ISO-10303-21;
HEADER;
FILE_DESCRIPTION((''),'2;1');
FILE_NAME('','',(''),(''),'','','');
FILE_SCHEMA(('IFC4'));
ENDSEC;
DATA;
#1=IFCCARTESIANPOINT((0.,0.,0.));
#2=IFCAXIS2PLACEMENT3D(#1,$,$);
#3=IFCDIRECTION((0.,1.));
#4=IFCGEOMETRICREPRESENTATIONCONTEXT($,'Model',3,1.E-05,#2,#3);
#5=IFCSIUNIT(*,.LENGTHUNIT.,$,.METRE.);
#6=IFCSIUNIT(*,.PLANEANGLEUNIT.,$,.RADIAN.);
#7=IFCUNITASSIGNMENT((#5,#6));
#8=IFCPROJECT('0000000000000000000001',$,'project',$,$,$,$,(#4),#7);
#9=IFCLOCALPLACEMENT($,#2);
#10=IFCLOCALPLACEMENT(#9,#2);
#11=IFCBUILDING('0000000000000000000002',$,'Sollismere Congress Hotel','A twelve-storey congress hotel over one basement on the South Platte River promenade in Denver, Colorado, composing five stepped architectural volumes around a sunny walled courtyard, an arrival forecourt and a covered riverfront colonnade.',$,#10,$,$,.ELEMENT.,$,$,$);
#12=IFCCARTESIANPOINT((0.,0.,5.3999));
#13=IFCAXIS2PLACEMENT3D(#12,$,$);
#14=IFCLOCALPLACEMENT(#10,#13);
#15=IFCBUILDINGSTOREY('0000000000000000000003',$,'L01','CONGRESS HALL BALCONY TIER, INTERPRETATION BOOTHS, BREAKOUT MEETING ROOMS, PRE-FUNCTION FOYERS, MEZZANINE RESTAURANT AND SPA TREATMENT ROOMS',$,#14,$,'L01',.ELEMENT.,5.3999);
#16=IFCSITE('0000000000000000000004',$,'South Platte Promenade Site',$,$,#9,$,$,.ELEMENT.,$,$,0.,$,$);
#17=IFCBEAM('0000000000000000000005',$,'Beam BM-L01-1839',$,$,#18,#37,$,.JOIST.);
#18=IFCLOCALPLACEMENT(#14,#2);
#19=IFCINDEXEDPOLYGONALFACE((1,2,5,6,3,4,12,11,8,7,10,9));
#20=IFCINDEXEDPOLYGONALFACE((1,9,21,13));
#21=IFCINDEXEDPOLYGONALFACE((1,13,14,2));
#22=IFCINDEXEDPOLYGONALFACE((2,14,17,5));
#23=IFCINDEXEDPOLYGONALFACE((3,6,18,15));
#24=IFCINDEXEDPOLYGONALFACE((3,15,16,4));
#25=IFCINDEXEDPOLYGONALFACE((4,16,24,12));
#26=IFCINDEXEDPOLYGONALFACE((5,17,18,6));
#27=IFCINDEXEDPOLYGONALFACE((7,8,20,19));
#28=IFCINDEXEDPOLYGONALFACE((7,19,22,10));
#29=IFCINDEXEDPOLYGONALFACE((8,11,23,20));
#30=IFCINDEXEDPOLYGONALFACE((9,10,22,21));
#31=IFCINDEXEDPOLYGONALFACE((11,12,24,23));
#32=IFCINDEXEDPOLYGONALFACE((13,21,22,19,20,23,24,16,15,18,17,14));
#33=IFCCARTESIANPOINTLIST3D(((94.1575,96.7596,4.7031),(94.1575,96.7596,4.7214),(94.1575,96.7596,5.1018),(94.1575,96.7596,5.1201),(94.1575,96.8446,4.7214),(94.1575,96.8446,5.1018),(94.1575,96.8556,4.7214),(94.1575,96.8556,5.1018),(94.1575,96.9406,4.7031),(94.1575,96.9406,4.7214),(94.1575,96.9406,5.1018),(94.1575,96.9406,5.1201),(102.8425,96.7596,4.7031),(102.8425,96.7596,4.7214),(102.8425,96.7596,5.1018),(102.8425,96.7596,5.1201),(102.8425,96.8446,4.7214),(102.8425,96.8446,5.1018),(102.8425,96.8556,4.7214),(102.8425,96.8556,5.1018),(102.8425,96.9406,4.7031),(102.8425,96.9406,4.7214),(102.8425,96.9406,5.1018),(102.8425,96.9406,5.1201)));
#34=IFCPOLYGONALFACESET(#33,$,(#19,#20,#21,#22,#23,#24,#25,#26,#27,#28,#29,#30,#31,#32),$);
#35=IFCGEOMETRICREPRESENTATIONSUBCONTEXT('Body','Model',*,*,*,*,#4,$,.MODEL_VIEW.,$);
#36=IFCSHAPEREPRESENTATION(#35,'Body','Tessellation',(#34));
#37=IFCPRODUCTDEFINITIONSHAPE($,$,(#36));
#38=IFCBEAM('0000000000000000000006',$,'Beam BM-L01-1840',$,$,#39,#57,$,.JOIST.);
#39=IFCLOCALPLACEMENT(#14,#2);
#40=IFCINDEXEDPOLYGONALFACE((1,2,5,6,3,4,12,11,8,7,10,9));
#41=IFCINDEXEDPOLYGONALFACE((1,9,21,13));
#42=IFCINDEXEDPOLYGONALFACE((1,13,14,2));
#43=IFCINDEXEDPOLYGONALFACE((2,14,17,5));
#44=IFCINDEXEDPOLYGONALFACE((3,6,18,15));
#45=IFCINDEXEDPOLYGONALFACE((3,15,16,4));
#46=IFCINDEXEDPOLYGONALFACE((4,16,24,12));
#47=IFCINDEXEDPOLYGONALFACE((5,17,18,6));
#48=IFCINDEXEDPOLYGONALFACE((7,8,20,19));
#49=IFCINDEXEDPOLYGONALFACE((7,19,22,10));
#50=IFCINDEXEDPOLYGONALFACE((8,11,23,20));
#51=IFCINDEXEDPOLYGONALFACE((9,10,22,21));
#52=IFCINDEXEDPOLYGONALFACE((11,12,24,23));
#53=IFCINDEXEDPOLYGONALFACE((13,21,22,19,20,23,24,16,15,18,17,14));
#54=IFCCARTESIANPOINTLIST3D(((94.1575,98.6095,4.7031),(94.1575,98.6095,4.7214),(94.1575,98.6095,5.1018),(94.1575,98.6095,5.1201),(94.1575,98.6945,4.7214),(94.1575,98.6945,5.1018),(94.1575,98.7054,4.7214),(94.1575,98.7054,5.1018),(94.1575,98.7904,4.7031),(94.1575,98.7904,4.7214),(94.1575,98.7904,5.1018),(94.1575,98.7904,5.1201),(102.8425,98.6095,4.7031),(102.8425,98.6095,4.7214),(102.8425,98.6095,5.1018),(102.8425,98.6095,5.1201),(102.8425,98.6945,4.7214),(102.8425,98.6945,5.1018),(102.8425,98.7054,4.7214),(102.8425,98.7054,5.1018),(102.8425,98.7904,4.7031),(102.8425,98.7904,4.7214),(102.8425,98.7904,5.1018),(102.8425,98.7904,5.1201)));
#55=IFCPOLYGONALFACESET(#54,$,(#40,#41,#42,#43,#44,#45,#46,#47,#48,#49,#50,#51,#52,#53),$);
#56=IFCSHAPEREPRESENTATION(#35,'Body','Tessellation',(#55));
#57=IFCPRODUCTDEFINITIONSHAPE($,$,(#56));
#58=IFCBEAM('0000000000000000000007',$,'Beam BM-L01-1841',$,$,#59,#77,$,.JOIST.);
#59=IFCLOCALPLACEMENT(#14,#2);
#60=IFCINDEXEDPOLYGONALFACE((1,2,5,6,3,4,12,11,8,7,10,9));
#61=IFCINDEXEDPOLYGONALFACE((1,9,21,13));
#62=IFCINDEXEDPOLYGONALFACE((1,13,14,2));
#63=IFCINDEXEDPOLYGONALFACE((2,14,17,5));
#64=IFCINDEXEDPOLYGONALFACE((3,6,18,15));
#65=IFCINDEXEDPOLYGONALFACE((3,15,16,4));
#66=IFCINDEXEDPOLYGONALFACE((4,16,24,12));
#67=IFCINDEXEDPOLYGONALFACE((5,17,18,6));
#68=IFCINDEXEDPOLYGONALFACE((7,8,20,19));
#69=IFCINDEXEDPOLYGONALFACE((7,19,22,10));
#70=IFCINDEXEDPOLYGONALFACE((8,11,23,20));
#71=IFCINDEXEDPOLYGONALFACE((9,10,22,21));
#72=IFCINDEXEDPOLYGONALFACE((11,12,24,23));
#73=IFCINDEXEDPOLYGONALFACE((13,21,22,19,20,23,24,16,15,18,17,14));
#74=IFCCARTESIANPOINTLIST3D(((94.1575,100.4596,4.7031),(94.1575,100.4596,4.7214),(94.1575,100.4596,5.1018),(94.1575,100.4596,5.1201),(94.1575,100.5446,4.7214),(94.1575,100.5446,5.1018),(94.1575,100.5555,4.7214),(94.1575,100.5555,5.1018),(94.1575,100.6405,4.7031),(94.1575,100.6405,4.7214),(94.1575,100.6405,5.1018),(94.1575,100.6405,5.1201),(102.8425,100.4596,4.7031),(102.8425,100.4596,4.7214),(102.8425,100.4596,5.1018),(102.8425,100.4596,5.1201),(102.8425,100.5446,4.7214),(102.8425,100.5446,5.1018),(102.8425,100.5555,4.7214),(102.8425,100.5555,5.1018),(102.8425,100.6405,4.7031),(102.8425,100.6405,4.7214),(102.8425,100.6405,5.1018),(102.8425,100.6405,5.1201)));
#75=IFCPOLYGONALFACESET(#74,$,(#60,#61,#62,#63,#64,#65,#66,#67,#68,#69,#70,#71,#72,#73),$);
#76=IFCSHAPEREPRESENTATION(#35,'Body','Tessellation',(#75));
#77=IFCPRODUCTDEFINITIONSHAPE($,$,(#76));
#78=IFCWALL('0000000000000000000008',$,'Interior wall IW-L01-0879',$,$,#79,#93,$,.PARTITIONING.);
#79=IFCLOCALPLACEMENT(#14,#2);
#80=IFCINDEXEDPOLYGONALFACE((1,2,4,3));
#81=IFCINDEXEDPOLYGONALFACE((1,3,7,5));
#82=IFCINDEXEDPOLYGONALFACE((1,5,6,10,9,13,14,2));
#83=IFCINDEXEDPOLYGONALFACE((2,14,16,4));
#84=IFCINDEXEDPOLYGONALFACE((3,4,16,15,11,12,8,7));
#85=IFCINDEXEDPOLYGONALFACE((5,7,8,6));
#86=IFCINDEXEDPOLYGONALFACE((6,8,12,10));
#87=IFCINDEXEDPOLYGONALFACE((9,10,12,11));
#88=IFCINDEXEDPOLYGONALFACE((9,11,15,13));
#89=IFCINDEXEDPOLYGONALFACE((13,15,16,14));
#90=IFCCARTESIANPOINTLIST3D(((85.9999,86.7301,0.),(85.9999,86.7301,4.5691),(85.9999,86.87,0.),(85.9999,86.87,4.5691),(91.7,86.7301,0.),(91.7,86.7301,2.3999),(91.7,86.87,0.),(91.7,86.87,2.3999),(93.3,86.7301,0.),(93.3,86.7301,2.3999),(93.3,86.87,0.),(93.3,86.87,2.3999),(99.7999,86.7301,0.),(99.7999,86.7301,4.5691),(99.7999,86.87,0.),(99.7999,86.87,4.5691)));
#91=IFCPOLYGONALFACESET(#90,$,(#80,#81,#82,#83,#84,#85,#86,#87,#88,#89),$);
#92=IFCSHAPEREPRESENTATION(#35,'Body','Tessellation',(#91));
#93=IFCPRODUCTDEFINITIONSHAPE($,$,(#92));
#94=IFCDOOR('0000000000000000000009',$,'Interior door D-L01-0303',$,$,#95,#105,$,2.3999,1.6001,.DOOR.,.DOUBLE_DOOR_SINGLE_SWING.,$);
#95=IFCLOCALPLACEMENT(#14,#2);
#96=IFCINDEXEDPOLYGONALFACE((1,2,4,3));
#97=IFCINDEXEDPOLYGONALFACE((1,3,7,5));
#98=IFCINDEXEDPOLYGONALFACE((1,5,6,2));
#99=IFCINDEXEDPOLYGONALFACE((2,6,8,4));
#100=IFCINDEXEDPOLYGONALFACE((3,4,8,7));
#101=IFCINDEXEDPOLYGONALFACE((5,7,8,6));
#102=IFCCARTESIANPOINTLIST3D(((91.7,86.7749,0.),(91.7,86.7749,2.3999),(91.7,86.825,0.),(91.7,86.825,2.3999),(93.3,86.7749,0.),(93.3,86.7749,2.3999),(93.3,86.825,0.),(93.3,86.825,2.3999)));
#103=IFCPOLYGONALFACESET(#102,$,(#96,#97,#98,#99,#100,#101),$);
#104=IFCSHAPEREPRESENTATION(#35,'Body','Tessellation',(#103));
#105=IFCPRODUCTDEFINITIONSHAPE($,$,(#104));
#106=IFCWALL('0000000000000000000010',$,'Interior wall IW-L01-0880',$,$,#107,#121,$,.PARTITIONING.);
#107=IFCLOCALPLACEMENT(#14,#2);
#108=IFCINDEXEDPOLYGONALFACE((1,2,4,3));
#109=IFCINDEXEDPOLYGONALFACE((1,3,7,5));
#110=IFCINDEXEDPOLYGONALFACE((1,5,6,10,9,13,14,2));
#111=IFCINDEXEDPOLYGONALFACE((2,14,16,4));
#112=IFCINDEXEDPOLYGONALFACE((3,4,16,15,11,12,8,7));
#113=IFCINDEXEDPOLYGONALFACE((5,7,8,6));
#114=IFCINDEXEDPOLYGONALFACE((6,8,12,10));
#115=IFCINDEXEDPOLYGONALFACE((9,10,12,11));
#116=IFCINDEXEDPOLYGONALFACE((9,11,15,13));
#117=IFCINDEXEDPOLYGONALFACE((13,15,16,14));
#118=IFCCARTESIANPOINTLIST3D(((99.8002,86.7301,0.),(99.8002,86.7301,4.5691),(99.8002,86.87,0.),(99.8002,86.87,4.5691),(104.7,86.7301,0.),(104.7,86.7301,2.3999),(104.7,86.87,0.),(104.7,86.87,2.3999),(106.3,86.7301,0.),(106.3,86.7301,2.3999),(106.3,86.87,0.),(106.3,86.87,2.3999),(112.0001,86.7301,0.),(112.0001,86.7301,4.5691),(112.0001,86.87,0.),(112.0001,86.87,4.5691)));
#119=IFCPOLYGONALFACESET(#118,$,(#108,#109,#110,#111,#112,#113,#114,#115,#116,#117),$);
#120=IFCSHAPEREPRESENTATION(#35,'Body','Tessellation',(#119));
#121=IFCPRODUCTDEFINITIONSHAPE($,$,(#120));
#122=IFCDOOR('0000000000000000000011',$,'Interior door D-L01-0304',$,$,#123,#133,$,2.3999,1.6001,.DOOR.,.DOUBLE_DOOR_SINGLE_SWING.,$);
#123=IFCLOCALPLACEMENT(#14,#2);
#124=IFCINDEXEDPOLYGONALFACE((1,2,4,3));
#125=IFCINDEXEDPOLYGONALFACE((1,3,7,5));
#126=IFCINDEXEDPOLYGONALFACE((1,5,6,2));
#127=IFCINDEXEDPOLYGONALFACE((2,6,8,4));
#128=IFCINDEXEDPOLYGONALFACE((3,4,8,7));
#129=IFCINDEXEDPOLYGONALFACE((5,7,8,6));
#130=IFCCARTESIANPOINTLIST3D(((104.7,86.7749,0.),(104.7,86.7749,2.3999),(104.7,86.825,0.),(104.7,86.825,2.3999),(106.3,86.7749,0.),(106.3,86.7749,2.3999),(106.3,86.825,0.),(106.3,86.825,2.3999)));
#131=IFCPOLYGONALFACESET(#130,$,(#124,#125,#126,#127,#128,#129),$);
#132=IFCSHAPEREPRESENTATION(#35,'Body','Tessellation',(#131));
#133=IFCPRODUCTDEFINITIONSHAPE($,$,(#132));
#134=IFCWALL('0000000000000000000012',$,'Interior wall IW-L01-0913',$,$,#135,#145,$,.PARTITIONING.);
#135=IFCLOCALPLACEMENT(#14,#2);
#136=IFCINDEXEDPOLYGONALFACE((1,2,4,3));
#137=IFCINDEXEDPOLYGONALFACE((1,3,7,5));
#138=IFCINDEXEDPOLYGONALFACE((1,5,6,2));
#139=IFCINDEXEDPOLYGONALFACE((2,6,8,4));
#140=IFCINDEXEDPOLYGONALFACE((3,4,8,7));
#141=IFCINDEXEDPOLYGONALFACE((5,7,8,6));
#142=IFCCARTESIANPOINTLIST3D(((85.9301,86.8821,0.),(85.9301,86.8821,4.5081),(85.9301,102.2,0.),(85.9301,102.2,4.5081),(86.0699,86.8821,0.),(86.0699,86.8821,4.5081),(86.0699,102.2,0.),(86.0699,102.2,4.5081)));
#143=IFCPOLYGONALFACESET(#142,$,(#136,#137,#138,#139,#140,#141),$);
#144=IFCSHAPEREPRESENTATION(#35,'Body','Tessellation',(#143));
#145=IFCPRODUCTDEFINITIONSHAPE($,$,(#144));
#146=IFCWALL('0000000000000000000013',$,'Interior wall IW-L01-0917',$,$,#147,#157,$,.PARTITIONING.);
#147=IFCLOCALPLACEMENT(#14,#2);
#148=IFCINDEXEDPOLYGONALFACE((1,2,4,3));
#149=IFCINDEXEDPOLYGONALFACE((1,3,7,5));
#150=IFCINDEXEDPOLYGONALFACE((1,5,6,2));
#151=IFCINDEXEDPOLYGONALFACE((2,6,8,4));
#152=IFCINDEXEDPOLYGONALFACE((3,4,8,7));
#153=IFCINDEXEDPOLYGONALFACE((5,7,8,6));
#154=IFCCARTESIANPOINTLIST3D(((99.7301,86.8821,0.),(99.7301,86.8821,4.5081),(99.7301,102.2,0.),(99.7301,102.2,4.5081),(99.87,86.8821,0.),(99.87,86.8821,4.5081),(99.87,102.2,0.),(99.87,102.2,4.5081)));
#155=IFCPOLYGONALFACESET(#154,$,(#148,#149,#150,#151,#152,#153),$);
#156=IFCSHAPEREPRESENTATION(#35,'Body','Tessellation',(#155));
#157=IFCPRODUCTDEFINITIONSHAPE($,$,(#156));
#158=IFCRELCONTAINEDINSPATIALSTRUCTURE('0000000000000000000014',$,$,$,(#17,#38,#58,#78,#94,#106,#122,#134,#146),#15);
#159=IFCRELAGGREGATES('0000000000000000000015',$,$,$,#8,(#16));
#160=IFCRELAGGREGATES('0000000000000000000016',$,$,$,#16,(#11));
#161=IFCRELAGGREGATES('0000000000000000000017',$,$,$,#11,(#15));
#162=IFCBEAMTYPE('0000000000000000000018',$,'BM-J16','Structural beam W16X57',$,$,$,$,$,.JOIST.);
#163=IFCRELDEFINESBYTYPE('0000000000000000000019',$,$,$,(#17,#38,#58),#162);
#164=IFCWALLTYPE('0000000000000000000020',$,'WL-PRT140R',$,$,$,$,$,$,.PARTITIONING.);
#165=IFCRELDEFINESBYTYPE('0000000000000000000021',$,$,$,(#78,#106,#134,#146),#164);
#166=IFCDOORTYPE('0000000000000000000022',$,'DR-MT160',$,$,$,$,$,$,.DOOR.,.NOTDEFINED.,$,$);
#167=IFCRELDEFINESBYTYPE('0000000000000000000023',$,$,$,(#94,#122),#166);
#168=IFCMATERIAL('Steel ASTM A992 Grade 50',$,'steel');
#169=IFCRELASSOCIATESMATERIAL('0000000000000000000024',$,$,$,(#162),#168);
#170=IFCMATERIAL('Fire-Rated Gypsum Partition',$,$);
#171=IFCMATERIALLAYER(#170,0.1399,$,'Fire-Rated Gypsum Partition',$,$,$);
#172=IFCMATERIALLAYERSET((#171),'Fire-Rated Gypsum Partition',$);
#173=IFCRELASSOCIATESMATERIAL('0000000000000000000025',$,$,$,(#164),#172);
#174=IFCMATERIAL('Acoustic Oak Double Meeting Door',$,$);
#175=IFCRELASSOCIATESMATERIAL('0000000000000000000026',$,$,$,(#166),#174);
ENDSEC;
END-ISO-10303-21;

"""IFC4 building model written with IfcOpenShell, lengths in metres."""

from ifc_helpers import new_model, si_unit, direction, frame, frame_2d, origin, origin_2d, place, context, subcontext, project, spatial, rectangle, i_section, extrude, material, layer, layer_set, material_profile, profile_set, type_object, element, fill, save


model = new_model("IFC4")

# Units and contexts
model_context = context("Model", 3, precision=1e-05, world=origin(), true_north=direction((0.0, 1.0)))
body_context = subcontext(model_context, "Body", "Model", "MODEL_VIEW")
ifc_project = project(units=[si_unit("LENGTHUNIT", "METRE"), si_unit("PLANEANGLEUNIT", "RADIAN")], contexts=[model_context])

# Site, building, storey
site_placement = place(None, origin())
site = spatial("IfcSite", under=ifc_project, at=site_placement, Name="South Platte Promenade Site", CompositionType="ELEMENT", RefElevation=0.0)
building_placement = place(site_placement, origin())
building = spatial("IfcBuilding", under=site, at=building_placement, Name="Sollismere Congress Hotel", Description="A twelve-storey congress hotel over one basement on the South Platte River promenade in Denver, Colorado, composing five stepped architectural volumes around a sunny walled courtyard, an arrival forecourt and a covered riverfront colonnade.", CompositionType="ELEMENT")
storey_placement = place(building_placement, frame((0.0, 0.0, 5.3999)))
storey = spatial("IfcBuildingStorey", under=building, at=storey_placement, Name="L01", Description="CONGRESS HALL BALCONY TIER, INTERPRETATION BOOTHS, BREAKOUT MEETING ROOMS, PRE-FUNCTION FOYERS, MEZZANINE RESTAURANT AND SPA TREATMENT ROOMS", LongName="L01", CompositionType="ELEMENT", Elevation=5.3999)

# Shared definitions
ifc_material_1 = material(Name="Steel ASTM A992 Grade 50", Category="steel")

# Beams
ifc_material_profile_1 = material_profile(ifc_material_1, i_section(OverallWidth=0.1809, OverallDepth=0.417, WebThickness=0.011, FlangeThickness=0.0183, at=origin_2d()), Name="W16X57")
ifc_profile_set_1 = profile_set([ifc_material_profile_1], Name="Steel ASTM A992 Grade 50")
beam_type_1 = type_object("IfcBeamType", Name="BM-J16", Description="Structural beam W16X57", PredefinedType="JOIST", material=ifc_profile_set_1)
for number, where, z_axis, x_axis, name in (
    (1, (94.1575, 96.8501, 4.9116), (1.0, 0.0, 0.0), (0.0, 1.0, 0.0), "Beam BM-L01-1839"),
    (2, (94.1575, 98.7, 4.9116), (1.0, 0.0, 0.0), (0.0, 1.0, 0.0), "Beam BM-L01-1840"),
    (3, (94.1575, 100.55, 4.9116), (1.0, 0.0, 0.0), (0.0, 1.0, 0.0), "Beam BM-L01-1841"),
):
    element("IfcBeam", number, at=place(storey_placement, frame(where, z_axis=z_axis, x_axis=x_axis)), inside=storey, type_object=beam_type_1, Name=name, PredefinedType="JOIST", context=body_context, shape_type="SweptSolid", body=[
        extrude(i_section(OverallWidth=0.1809, OverallDepth=0.417, WebThickness=0.011, FlangeThickness=0.0183, at=origin_2d()), origin(), (0.0, 0.0, 1.0), 8.6851),
    ])

# Walls, openings, doors
ifc_material_2 = material(Name="Fire-Rated Gypsum Partition")
ifc_layer = layer(ifc_material_2, 0.1399, Name="Fire-Rated Gypsum Partition")
ifc_layer_set = layer_set([ifc_layer], Name="Fire-Rated Gypsum Partition")
wall_type = type_object("IfcWallType", Name="WL-PRT140R", PredefinedType="PARTITIONING", material=ifc_layer_set)
wall_1_placement = place(storey_placement, frame((86.0, 86.8, 0.0), z_axis=(0.0, 0.0, 1.0), x_axis=(1.0, 0.0, 0.0)))
wall_1 = element("IfcWall", 4, at=wall_1_placement, inside=storey, type_object=wall_type, Name="Interior wall IW-L01-0879", PredefinedType="PARTITIONING", context=body_context, shape_type="SweptSolid", body=[
    extrude(rectangle(XDim=13.8, YDim=0.1399, at=frame_2d((6.8999, 0.0))), origin(), (0.0, 0.0, 1.0), 4.5691),
])
opening_1_placement = place(wall_1_placement, frame((5.7, 0.0, 0.0)))
opening_1 = element("IfcOpeningElement", 5, at=opening_1_placement, cuts=wall_1, PredefinedType="OPENING", context=body_context, shape_type="SweptSolid", body=[
    extrude(rectangle(XDim=1.6001, YDim=2.3999, at=frame_2d((0.8, 1.2))), frame((0.0, 0.0798, 0.0), z_axis=(0.0, -1.0, 0.0), x_axis=(1.0, 0.0, 0.0)), (0.0, 0.0, 1.0), 0.1599),
])
ifc_material_3 = material(Name="Acoustic Oak Double Meeting Door")
door_type = type_object("IfcDoorType", Name="DR-MT160", OperationType="NOTDEFINED", PredefinedType="DOOR", material=ifc_material_3)
door_1_placement = place(opening_1_placement, origin())
door_1 = element("IfcDoor", 6, at=door_1_placement, inside=storey, type_object=door_type, Name="Interior door D-L01-0303", OperationType="DOUBLE_DOOR_SINGLE_SWING", OverallHeight=2.3999, OverallWidth=1.6001, PredefinedType="DOOR", context=body_context, shape_type="SweptSolid", body=[
    extrude(rectangle(XDim=1.6001, YDim=2.3999, at=frame_2d((0.8, 1.2))), frame((0.0, 0.0249, 0.0), z_axis=(0.0, -1.0, 0.0), x_axis=(1.0, 0.0, 0.0)), (0.0, 0.0, 1.0), 0.05),
])
fill(opening_1, door_1)
wall_2_placement = place(storey_placement, frame((99.8, 86.8, 0.0), z_axis=(0.0, 0.0, 1.0), x_axis=(1.0, 0.0, 0.0)))
wall_2 = element("IfcWall", 7, at=wall_2_placement, inside=storey, type_object=wall_type, Name="Interior wall IW-L01-0880", PredefinedType="PARTITIONING", context=body_context, shape_type="SweptSolid", body=[
    extrude(rectangle(XDim=12.2, YDim=0.1399, at=frame_2d((6.1001, 0.0))), origin(), (0.0, 0.0, 1.0), 4.5691),
])
opening_2_placement = place(wall_2_placement, frame((4.8999, 0.0, 0.0)))
opening_2 = element("IfcOpeningElement", 8, at=opening_2_placement, cuts=wall_2, PredefinedType="OPENING", context=body_context, shape_type="SweptSolid", body=[
    extrude(rectangle(XDim=1.6001, YDim=2.3999, at=frame_2d((0.8, 1.2))), frame((0.0, 0.0798, 0.0), z_axis=(0.0, -1.0, 0.0), x_axis=(1.0, 0.0, 0.0)), (0.0, 0.0, 1.0), 0.1599),
])
door_2_placement = place(opening_2_placement, origin())
door_2 = element("IfcDoor", 9, at=door_2_placement, inside=storey, type_object=door_type, Name="Interior door D-L01-0304", OperationType="DOUBLE_DOOR_SINGLE_SWING", OverallHeight=2.3999, OverallWidth=1.6001, PredefinedType="DOOR", context=body_context, shape_type="SweptSolid", body=[
    extrude(rectangle(XDim=1.6001, YDim=2.3999, at=frame_2d((0.8, 1.2))), frame((0.0, 0.0249, 0.0), z_axis=(0.0, -1.0, 0.0), x_axis=(1.0, 0.0, 0.0)), (0.0, 0.0, 1.0), 0.05),
])
fill(opening_2, door_2)

# Walls
for number, where, z_axis, x_axis, name in (
    (10, (86.0, 86.8821, 0.0), (0.0, 0.0, 1.0), (0.0, 1.0, 0.0), "Interior wall IW-L01-0913"),
    (11, (99.8, 86.8821, 0.0), (0.0, 0.0, 1.0), (0.0, 1.0, 0.0), "Interior wall IW-L01-0917"),
):
    element("IfcWall", number, at=place(storey_placement, frame(where, z_axis=z_axis, x_axis=x_axis)), inside=storey, type_object=wall_type, Name=name, PredefinedType="PARTITIONING", context=body_context, shape_type="SweptSolid", body=[
        extrude(rectangle(XDim=15.3179, YDim=0.1399, at=frame_2d((7.6589, 0.0))), origin(), (0.0, 0.0, 1.0), 4.5081),
    ])

save(model, "model.ifc")
